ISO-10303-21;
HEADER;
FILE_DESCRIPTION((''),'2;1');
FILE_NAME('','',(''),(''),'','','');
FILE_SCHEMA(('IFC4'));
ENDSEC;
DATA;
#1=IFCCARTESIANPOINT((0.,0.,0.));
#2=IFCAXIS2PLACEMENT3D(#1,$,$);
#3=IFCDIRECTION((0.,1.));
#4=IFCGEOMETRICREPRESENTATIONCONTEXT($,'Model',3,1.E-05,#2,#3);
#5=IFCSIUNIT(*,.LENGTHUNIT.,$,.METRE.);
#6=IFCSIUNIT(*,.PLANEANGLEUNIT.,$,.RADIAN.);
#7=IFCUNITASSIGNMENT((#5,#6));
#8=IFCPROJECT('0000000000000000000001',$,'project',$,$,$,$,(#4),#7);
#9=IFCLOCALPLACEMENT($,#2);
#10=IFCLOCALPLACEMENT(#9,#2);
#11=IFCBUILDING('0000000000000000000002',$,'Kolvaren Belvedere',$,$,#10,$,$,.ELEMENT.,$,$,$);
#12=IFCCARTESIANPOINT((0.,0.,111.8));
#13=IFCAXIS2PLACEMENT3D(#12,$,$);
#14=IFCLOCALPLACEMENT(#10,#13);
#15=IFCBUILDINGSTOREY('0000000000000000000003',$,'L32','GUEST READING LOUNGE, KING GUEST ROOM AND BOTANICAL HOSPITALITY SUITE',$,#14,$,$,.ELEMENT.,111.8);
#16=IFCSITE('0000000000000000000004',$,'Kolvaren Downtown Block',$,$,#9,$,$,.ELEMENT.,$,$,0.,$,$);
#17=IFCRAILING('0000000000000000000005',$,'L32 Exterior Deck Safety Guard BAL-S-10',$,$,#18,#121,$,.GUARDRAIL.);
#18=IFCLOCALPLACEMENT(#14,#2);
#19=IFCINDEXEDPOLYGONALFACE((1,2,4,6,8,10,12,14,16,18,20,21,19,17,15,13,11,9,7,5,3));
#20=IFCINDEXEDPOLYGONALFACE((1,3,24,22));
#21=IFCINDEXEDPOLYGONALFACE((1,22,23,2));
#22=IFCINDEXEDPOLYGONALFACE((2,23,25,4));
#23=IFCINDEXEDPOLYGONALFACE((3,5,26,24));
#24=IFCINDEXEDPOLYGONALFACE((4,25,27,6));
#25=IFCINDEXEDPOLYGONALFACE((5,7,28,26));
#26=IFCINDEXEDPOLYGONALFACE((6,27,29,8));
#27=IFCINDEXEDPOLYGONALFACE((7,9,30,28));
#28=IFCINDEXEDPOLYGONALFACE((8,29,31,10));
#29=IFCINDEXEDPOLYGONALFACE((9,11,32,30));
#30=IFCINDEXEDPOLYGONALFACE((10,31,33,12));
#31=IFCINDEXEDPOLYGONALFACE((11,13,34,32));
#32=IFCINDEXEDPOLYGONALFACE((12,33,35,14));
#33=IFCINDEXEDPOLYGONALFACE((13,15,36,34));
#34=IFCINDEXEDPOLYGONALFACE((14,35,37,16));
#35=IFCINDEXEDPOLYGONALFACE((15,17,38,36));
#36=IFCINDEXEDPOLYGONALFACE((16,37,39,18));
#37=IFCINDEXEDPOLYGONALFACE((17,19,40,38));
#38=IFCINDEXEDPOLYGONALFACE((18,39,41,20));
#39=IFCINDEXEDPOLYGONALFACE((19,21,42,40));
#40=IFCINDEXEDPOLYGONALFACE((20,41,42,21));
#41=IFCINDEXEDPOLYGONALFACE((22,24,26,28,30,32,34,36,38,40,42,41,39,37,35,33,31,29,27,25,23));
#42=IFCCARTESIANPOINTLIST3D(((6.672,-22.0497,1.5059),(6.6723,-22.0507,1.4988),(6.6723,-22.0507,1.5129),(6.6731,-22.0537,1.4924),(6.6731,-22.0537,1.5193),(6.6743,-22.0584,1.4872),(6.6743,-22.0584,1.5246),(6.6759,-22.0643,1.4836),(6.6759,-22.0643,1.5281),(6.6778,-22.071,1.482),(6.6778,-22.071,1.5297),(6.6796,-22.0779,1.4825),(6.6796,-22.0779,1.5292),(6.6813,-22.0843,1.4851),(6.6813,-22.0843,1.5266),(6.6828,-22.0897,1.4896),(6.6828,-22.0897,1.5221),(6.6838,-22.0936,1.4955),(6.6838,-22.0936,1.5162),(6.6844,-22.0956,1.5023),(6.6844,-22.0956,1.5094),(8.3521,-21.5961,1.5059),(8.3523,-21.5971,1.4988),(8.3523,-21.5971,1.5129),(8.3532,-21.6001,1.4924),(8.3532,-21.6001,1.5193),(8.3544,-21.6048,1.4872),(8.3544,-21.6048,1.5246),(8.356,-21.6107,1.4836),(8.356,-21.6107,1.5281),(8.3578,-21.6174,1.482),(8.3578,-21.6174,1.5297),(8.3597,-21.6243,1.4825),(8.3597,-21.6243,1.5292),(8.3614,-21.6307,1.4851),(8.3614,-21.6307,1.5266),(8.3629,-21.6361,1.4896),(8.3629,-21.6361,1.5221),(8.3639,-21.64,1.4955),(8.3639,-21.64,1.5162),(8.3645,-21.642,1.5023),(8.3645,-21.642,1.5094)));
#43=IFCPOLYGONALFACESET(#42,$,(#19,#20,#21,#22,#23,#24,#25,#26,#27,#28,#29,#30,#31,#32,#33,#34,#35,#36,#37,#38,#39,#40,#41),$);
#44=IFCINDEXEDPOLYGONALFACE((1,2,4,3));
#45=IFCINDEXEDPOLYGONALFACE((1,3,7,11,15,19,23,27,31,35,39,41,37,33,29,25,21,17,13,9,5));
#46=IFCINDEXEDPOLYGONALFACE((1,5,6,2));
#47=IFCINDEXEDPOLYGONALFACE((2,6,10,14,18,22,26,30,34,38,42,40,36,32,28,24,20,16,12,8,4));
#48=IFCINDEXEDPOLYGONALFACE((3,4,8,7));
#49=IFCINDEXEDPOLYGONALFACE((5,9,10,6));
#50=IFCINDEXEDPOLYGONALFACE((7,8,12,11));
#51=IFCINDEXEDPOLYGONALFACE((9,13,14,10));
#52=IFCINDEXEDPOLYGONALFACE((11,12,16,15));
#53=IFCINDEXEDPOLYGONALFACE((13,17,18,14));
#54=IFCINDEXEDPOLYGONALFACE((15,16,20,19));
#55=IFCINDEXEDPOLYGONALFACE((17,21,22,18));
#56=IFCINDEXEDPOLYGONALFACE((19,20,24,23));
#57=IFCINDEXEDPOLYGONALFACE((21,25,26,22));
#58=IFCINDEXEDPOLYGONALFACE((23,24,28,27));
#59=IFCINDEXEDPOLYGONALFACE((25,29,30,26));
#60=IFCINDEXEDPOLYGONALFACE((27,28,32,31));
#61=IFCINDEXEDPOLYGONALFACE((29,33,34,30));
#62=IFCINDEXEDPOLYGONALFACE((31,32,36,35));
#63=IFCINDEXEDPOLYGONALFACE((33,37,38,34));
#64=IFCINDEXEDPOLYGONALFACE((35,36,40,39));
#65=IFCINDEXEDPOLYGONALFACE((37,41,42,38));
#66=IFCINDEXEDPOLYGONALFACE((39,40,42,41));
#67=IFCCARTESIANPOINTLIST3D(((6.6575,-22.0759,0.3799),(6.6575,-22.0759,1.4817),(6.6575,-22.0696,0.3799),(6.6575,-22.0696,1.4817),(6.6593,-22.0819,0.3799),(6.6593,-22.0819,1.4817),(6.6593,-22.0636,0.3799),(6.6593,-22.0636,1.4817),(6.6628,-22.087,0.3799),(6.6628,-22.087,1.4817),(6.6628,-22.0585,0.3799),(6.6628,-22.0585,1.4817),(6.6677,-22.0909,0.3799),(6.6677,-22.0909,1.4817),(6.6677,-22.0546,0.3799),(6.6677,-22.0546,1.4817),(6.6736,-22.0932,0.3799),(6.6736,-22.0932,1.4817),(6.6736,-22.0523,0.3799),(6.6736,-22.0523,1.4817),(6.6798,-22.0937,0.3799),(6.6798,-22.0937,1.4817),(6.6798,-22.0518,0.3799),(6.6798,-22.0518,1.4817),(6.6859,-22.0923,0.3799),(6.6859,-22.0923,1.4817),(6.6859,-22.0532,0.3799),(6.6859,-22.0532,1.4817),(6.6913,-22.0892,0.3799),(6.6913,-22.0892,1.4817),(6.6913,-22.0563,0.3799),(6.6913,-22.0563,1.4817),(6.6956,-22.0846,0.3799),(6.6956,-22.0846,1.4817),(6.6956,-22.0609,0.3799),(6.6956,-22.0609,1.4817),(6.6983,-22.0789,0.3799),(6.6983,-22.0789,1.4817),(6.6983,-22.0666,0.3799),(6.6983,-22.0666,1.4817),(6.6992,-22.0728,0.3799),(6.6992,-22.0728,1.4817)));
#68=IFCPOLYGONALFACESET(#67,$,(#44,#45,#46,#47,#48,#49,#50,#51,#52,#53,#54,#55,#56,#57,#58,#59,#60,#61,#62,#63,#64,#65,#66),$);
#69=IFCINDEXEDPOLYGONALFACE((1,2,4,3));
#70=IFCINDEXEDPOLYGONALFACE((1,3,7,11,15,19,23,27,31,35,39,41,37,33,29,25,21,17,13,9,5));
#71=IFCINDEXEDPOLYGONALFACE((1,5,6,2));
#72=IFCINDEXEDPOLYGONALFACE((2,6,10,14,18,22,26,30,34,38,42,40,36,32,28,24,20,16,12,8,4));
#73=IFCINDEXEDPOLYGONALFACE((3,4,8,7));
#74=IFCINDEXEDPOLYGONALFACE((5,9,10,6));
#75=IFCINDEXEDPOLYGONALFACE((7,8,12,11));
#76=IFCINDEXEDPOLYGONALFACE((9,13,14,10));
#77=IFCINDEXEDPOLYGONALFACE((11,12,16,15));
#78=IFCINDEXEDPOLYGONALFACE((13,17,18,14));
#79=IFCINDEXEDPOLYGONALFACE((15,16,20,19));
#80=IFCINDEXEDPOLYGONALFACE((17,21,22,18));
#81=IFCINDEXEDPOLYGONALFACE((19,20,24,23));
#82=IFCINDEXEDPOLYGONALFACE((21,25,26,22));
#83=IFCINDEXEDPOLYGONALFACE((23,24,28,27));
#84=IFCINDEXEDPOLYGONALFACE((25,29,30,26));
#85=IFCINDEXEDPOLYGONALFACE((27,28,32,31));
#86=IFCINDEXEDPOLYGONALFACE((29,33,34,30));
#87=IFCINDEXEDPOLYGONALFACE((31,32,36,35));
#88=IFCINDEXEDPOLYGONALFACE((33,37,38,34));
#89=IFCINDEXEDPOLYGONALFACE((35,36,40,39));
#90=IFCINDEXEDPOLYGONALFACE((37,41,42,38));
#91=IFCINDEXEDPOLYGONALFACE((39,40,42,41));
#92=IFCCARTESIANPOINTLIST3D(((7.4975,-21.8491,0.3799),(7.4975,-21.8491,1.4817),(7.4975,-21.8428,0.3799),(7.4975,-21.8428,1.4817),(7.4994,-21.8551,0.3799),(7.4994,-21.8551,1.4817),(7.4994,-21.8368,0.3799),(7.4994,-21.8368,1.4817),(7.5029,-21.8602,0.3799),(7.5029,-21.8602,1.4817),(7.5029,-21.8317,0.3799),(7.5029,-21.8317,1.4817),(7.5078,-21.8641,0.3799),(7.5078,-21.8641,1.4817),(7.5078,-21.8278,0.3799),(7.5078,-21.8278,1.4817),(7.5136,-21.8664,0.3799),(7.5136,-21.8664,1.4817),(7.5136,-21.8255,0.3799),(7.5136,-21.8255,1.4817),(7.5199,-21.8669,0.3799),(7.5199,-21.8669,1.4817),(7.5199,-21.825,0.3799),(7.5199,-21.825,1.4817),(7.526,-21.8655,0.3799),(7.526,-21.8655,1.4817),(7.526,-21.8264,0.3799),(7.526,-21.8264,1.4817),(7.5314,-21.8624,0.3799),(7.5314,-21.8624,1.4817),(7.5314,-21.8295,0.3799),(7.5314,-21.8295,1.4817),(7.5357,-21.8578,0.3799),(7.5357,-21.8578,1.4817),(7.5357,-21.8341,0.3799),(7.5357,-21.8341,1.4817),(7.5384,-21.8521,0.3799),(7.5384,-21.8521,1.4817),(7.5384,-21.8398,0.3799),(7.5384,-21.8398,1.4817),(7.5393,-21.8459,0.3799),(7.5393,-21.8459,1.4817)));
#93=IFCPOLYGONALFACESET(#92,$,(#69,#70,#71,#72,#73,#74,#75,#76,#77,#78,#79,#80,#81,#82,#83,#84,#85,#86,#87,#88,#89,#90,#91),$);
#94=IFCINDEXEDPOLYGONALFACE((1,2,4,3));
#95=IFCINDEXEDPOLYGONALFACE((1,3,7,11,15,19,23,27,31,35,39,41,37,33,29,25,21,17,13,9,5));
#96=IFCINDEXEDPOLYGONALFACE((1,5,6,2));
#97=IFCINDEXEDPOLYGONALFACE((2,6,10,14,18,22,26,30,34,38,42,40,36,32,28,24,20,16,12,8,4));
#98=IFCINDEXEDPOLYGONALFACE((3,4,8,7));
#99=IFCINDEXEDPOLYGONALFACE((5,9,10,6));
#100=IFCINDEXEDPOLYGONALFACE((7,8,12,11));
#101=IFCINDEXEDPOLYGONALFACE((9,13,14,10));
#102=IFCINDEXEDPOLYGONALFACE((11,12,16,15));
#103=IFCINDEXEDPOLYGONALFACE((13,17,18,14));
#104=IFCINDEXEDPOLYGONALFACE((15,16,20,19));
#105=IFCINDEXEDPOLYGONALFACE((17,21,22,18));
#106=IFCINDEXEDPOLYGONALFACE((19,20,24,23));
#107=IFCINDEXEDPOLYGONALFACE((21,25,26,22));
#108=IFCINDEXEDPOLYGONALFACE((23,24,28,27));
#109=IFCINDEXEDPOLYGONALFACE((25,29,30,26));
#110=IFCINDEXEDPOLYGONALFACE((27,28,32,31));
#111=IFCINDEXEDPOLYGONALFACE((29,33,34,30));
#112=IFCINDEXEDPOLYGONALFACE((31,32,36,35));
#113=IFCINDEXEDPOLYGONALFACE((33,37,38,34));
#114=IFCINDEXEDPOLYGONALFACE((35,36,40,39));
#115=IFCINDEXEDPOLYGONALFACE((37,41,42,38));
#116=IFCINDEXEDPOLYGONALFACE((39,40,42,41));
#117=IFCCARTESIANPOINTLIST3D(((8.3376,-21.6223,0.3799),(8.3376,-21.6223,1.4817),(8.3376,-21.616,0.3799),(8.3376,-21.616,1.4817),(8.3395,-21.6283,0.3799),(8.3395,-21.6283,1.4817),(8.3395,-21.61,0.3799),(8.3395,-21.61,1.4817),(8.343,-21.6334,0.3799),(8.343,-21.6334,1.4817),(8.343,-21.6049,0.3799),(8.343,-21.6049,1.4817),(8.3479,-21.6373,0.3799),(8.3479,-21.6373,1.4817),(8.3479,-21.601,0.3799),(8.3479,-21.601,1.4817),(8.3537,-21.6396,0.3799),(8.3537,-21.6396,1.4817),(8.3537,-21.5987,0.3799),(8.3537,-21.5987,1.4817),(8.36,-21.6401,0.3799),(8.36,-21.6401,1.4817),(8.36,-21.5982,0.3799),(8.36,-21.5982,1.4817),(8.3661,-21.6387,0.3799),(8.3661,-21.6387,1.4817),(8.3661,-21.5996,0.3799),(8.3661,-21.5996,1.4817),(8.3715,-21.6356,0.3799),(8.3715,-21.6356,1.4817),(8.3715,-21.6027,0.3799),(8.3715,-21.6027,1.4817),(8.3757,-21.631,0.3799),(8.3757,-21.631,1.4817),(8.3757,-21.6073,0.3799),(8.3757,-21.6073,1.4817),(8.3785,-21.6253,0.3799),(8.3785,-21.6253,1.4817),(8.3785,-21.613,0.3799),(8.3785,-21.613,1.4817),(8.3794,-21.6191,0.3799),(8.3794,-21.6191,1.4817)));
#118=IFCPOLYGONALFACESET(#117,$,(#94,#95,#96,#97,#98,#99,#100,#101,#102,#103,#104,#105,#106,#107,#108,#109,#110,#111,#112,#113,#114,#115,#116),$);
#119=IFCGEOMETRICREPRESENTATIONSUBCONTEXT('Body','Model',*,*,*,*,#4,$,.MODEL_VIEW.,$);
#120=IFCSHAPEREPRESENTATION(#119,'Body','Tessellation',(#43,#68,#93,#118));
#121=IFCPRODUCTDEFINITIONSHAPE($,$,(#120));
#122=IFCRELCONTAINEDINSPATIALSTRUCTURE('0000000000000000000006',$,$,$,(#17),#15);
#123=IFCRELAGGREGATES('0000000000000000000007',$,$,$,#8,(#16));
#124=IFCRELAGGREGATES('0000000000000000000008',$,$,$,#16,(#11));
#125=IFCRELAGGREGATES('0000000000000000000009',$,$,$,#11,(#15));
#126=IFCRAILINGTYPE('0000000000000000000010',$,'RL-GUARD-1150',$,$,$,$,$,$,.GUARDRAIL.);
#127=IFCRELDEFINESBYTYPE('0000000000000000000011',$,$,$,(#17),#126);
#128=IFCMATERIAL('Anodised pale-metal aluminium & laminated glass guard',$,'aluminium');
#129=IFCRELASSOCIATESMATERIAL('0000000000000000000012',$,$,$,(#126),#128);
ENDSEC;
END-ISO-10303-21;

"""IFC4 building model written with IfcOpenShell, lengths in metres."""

from ifc_helpers import new_model, si_unit, direction, frame, origin, origin_2d, place, context, subcontext, project, spatial, circle, extrude, material, type_object, element, save


model = new_model("IFC4")

# Units and contexts
model_context = context("Model", 3, precision=1e-05, world=origin(), true_north=direction((0.0, 1.0)))
body_context = subcontext(model_context, "Body", "Model", "MODEL_VIEW")
ifc_project = project(units=[si_unit("LENGTHUNIT", "METRE"), si_unit("PLANEANGLEUNIT", "RADIAN")], contexts=[model_context])

# Site, building, storey
site_placement = place(None, origin())
site = spatial("IfcSite", under=ifc_project, at=site_placement, Name="Kolvaren Downtown Block", CompositionType="ELEMENT", RefElevation=0.0)
building_placement = place(site_placement, origin())
building = spatial("IfcBuilding", under=site, at=building_placement, Name="Kolvaren Belvedere", CompositionType="ELEMENT")
storey_placement = place(building_placement, frame((0.0, 0.0, 111.8)))
storey = spatial("IfcBuildingStorey", under=building, at=storey_placement, Name="L32", Description="GUEST READING LOUNGE, KING GUEST ROOM AND BOTANICAL HOSPITALITY SUITE", CompositionType="ELEMENT", Elevation=111.8)

# Railing
ifc_material_1 = material(Name="Anodised pale-metal aluminium & laminated glass guard", Category="aluminium")
railing_type = type_object("IfcRailingType", Name="RL-GUARD-1150", PredefinedType="GUARDRAIL", material=ifc_material_1)
railing_1_placement = place(storey_placement, frame((6.6782, -22.0728, 0.3799)))
element("IfcRailing", 1, at=railing_1_placement, inside=storey, type_object=railing_type, Name="L32 Exterior Deck Safety Guard BAL-S-10", PredefinedType="GUARDRAIL", context=body_context, shape_type="SweptSolid", body=[
    extrude(circle(Radius=0.0239, at=origin_2d()), frame((0.0, 0.0, 1.126), z_axis=(0.965434, 0.260648, 0.0), x_axis=(-0.260648, 0.965434, 0.0)), (0.0, 0.0, 1.0), 1.7402),
    extrude(circle(Radius=0.021, at=origin_2d()), origin(), (0.0, 0.0, 1.0), 1.1018),
    extrude(circle(Radius=0.021, at=origin_2d()), frame((0.8401, 0.2268, 0.0)), (0.0, 0.0, 1.0), 1.1018),
    extrude(circle(Radius=0.021, at=origin_2d()), frame((1.6802, 0.4536, 0.0)), (0.0, 0.0, 1.0), 1.1018),
])

save(model, "model.ifc")
